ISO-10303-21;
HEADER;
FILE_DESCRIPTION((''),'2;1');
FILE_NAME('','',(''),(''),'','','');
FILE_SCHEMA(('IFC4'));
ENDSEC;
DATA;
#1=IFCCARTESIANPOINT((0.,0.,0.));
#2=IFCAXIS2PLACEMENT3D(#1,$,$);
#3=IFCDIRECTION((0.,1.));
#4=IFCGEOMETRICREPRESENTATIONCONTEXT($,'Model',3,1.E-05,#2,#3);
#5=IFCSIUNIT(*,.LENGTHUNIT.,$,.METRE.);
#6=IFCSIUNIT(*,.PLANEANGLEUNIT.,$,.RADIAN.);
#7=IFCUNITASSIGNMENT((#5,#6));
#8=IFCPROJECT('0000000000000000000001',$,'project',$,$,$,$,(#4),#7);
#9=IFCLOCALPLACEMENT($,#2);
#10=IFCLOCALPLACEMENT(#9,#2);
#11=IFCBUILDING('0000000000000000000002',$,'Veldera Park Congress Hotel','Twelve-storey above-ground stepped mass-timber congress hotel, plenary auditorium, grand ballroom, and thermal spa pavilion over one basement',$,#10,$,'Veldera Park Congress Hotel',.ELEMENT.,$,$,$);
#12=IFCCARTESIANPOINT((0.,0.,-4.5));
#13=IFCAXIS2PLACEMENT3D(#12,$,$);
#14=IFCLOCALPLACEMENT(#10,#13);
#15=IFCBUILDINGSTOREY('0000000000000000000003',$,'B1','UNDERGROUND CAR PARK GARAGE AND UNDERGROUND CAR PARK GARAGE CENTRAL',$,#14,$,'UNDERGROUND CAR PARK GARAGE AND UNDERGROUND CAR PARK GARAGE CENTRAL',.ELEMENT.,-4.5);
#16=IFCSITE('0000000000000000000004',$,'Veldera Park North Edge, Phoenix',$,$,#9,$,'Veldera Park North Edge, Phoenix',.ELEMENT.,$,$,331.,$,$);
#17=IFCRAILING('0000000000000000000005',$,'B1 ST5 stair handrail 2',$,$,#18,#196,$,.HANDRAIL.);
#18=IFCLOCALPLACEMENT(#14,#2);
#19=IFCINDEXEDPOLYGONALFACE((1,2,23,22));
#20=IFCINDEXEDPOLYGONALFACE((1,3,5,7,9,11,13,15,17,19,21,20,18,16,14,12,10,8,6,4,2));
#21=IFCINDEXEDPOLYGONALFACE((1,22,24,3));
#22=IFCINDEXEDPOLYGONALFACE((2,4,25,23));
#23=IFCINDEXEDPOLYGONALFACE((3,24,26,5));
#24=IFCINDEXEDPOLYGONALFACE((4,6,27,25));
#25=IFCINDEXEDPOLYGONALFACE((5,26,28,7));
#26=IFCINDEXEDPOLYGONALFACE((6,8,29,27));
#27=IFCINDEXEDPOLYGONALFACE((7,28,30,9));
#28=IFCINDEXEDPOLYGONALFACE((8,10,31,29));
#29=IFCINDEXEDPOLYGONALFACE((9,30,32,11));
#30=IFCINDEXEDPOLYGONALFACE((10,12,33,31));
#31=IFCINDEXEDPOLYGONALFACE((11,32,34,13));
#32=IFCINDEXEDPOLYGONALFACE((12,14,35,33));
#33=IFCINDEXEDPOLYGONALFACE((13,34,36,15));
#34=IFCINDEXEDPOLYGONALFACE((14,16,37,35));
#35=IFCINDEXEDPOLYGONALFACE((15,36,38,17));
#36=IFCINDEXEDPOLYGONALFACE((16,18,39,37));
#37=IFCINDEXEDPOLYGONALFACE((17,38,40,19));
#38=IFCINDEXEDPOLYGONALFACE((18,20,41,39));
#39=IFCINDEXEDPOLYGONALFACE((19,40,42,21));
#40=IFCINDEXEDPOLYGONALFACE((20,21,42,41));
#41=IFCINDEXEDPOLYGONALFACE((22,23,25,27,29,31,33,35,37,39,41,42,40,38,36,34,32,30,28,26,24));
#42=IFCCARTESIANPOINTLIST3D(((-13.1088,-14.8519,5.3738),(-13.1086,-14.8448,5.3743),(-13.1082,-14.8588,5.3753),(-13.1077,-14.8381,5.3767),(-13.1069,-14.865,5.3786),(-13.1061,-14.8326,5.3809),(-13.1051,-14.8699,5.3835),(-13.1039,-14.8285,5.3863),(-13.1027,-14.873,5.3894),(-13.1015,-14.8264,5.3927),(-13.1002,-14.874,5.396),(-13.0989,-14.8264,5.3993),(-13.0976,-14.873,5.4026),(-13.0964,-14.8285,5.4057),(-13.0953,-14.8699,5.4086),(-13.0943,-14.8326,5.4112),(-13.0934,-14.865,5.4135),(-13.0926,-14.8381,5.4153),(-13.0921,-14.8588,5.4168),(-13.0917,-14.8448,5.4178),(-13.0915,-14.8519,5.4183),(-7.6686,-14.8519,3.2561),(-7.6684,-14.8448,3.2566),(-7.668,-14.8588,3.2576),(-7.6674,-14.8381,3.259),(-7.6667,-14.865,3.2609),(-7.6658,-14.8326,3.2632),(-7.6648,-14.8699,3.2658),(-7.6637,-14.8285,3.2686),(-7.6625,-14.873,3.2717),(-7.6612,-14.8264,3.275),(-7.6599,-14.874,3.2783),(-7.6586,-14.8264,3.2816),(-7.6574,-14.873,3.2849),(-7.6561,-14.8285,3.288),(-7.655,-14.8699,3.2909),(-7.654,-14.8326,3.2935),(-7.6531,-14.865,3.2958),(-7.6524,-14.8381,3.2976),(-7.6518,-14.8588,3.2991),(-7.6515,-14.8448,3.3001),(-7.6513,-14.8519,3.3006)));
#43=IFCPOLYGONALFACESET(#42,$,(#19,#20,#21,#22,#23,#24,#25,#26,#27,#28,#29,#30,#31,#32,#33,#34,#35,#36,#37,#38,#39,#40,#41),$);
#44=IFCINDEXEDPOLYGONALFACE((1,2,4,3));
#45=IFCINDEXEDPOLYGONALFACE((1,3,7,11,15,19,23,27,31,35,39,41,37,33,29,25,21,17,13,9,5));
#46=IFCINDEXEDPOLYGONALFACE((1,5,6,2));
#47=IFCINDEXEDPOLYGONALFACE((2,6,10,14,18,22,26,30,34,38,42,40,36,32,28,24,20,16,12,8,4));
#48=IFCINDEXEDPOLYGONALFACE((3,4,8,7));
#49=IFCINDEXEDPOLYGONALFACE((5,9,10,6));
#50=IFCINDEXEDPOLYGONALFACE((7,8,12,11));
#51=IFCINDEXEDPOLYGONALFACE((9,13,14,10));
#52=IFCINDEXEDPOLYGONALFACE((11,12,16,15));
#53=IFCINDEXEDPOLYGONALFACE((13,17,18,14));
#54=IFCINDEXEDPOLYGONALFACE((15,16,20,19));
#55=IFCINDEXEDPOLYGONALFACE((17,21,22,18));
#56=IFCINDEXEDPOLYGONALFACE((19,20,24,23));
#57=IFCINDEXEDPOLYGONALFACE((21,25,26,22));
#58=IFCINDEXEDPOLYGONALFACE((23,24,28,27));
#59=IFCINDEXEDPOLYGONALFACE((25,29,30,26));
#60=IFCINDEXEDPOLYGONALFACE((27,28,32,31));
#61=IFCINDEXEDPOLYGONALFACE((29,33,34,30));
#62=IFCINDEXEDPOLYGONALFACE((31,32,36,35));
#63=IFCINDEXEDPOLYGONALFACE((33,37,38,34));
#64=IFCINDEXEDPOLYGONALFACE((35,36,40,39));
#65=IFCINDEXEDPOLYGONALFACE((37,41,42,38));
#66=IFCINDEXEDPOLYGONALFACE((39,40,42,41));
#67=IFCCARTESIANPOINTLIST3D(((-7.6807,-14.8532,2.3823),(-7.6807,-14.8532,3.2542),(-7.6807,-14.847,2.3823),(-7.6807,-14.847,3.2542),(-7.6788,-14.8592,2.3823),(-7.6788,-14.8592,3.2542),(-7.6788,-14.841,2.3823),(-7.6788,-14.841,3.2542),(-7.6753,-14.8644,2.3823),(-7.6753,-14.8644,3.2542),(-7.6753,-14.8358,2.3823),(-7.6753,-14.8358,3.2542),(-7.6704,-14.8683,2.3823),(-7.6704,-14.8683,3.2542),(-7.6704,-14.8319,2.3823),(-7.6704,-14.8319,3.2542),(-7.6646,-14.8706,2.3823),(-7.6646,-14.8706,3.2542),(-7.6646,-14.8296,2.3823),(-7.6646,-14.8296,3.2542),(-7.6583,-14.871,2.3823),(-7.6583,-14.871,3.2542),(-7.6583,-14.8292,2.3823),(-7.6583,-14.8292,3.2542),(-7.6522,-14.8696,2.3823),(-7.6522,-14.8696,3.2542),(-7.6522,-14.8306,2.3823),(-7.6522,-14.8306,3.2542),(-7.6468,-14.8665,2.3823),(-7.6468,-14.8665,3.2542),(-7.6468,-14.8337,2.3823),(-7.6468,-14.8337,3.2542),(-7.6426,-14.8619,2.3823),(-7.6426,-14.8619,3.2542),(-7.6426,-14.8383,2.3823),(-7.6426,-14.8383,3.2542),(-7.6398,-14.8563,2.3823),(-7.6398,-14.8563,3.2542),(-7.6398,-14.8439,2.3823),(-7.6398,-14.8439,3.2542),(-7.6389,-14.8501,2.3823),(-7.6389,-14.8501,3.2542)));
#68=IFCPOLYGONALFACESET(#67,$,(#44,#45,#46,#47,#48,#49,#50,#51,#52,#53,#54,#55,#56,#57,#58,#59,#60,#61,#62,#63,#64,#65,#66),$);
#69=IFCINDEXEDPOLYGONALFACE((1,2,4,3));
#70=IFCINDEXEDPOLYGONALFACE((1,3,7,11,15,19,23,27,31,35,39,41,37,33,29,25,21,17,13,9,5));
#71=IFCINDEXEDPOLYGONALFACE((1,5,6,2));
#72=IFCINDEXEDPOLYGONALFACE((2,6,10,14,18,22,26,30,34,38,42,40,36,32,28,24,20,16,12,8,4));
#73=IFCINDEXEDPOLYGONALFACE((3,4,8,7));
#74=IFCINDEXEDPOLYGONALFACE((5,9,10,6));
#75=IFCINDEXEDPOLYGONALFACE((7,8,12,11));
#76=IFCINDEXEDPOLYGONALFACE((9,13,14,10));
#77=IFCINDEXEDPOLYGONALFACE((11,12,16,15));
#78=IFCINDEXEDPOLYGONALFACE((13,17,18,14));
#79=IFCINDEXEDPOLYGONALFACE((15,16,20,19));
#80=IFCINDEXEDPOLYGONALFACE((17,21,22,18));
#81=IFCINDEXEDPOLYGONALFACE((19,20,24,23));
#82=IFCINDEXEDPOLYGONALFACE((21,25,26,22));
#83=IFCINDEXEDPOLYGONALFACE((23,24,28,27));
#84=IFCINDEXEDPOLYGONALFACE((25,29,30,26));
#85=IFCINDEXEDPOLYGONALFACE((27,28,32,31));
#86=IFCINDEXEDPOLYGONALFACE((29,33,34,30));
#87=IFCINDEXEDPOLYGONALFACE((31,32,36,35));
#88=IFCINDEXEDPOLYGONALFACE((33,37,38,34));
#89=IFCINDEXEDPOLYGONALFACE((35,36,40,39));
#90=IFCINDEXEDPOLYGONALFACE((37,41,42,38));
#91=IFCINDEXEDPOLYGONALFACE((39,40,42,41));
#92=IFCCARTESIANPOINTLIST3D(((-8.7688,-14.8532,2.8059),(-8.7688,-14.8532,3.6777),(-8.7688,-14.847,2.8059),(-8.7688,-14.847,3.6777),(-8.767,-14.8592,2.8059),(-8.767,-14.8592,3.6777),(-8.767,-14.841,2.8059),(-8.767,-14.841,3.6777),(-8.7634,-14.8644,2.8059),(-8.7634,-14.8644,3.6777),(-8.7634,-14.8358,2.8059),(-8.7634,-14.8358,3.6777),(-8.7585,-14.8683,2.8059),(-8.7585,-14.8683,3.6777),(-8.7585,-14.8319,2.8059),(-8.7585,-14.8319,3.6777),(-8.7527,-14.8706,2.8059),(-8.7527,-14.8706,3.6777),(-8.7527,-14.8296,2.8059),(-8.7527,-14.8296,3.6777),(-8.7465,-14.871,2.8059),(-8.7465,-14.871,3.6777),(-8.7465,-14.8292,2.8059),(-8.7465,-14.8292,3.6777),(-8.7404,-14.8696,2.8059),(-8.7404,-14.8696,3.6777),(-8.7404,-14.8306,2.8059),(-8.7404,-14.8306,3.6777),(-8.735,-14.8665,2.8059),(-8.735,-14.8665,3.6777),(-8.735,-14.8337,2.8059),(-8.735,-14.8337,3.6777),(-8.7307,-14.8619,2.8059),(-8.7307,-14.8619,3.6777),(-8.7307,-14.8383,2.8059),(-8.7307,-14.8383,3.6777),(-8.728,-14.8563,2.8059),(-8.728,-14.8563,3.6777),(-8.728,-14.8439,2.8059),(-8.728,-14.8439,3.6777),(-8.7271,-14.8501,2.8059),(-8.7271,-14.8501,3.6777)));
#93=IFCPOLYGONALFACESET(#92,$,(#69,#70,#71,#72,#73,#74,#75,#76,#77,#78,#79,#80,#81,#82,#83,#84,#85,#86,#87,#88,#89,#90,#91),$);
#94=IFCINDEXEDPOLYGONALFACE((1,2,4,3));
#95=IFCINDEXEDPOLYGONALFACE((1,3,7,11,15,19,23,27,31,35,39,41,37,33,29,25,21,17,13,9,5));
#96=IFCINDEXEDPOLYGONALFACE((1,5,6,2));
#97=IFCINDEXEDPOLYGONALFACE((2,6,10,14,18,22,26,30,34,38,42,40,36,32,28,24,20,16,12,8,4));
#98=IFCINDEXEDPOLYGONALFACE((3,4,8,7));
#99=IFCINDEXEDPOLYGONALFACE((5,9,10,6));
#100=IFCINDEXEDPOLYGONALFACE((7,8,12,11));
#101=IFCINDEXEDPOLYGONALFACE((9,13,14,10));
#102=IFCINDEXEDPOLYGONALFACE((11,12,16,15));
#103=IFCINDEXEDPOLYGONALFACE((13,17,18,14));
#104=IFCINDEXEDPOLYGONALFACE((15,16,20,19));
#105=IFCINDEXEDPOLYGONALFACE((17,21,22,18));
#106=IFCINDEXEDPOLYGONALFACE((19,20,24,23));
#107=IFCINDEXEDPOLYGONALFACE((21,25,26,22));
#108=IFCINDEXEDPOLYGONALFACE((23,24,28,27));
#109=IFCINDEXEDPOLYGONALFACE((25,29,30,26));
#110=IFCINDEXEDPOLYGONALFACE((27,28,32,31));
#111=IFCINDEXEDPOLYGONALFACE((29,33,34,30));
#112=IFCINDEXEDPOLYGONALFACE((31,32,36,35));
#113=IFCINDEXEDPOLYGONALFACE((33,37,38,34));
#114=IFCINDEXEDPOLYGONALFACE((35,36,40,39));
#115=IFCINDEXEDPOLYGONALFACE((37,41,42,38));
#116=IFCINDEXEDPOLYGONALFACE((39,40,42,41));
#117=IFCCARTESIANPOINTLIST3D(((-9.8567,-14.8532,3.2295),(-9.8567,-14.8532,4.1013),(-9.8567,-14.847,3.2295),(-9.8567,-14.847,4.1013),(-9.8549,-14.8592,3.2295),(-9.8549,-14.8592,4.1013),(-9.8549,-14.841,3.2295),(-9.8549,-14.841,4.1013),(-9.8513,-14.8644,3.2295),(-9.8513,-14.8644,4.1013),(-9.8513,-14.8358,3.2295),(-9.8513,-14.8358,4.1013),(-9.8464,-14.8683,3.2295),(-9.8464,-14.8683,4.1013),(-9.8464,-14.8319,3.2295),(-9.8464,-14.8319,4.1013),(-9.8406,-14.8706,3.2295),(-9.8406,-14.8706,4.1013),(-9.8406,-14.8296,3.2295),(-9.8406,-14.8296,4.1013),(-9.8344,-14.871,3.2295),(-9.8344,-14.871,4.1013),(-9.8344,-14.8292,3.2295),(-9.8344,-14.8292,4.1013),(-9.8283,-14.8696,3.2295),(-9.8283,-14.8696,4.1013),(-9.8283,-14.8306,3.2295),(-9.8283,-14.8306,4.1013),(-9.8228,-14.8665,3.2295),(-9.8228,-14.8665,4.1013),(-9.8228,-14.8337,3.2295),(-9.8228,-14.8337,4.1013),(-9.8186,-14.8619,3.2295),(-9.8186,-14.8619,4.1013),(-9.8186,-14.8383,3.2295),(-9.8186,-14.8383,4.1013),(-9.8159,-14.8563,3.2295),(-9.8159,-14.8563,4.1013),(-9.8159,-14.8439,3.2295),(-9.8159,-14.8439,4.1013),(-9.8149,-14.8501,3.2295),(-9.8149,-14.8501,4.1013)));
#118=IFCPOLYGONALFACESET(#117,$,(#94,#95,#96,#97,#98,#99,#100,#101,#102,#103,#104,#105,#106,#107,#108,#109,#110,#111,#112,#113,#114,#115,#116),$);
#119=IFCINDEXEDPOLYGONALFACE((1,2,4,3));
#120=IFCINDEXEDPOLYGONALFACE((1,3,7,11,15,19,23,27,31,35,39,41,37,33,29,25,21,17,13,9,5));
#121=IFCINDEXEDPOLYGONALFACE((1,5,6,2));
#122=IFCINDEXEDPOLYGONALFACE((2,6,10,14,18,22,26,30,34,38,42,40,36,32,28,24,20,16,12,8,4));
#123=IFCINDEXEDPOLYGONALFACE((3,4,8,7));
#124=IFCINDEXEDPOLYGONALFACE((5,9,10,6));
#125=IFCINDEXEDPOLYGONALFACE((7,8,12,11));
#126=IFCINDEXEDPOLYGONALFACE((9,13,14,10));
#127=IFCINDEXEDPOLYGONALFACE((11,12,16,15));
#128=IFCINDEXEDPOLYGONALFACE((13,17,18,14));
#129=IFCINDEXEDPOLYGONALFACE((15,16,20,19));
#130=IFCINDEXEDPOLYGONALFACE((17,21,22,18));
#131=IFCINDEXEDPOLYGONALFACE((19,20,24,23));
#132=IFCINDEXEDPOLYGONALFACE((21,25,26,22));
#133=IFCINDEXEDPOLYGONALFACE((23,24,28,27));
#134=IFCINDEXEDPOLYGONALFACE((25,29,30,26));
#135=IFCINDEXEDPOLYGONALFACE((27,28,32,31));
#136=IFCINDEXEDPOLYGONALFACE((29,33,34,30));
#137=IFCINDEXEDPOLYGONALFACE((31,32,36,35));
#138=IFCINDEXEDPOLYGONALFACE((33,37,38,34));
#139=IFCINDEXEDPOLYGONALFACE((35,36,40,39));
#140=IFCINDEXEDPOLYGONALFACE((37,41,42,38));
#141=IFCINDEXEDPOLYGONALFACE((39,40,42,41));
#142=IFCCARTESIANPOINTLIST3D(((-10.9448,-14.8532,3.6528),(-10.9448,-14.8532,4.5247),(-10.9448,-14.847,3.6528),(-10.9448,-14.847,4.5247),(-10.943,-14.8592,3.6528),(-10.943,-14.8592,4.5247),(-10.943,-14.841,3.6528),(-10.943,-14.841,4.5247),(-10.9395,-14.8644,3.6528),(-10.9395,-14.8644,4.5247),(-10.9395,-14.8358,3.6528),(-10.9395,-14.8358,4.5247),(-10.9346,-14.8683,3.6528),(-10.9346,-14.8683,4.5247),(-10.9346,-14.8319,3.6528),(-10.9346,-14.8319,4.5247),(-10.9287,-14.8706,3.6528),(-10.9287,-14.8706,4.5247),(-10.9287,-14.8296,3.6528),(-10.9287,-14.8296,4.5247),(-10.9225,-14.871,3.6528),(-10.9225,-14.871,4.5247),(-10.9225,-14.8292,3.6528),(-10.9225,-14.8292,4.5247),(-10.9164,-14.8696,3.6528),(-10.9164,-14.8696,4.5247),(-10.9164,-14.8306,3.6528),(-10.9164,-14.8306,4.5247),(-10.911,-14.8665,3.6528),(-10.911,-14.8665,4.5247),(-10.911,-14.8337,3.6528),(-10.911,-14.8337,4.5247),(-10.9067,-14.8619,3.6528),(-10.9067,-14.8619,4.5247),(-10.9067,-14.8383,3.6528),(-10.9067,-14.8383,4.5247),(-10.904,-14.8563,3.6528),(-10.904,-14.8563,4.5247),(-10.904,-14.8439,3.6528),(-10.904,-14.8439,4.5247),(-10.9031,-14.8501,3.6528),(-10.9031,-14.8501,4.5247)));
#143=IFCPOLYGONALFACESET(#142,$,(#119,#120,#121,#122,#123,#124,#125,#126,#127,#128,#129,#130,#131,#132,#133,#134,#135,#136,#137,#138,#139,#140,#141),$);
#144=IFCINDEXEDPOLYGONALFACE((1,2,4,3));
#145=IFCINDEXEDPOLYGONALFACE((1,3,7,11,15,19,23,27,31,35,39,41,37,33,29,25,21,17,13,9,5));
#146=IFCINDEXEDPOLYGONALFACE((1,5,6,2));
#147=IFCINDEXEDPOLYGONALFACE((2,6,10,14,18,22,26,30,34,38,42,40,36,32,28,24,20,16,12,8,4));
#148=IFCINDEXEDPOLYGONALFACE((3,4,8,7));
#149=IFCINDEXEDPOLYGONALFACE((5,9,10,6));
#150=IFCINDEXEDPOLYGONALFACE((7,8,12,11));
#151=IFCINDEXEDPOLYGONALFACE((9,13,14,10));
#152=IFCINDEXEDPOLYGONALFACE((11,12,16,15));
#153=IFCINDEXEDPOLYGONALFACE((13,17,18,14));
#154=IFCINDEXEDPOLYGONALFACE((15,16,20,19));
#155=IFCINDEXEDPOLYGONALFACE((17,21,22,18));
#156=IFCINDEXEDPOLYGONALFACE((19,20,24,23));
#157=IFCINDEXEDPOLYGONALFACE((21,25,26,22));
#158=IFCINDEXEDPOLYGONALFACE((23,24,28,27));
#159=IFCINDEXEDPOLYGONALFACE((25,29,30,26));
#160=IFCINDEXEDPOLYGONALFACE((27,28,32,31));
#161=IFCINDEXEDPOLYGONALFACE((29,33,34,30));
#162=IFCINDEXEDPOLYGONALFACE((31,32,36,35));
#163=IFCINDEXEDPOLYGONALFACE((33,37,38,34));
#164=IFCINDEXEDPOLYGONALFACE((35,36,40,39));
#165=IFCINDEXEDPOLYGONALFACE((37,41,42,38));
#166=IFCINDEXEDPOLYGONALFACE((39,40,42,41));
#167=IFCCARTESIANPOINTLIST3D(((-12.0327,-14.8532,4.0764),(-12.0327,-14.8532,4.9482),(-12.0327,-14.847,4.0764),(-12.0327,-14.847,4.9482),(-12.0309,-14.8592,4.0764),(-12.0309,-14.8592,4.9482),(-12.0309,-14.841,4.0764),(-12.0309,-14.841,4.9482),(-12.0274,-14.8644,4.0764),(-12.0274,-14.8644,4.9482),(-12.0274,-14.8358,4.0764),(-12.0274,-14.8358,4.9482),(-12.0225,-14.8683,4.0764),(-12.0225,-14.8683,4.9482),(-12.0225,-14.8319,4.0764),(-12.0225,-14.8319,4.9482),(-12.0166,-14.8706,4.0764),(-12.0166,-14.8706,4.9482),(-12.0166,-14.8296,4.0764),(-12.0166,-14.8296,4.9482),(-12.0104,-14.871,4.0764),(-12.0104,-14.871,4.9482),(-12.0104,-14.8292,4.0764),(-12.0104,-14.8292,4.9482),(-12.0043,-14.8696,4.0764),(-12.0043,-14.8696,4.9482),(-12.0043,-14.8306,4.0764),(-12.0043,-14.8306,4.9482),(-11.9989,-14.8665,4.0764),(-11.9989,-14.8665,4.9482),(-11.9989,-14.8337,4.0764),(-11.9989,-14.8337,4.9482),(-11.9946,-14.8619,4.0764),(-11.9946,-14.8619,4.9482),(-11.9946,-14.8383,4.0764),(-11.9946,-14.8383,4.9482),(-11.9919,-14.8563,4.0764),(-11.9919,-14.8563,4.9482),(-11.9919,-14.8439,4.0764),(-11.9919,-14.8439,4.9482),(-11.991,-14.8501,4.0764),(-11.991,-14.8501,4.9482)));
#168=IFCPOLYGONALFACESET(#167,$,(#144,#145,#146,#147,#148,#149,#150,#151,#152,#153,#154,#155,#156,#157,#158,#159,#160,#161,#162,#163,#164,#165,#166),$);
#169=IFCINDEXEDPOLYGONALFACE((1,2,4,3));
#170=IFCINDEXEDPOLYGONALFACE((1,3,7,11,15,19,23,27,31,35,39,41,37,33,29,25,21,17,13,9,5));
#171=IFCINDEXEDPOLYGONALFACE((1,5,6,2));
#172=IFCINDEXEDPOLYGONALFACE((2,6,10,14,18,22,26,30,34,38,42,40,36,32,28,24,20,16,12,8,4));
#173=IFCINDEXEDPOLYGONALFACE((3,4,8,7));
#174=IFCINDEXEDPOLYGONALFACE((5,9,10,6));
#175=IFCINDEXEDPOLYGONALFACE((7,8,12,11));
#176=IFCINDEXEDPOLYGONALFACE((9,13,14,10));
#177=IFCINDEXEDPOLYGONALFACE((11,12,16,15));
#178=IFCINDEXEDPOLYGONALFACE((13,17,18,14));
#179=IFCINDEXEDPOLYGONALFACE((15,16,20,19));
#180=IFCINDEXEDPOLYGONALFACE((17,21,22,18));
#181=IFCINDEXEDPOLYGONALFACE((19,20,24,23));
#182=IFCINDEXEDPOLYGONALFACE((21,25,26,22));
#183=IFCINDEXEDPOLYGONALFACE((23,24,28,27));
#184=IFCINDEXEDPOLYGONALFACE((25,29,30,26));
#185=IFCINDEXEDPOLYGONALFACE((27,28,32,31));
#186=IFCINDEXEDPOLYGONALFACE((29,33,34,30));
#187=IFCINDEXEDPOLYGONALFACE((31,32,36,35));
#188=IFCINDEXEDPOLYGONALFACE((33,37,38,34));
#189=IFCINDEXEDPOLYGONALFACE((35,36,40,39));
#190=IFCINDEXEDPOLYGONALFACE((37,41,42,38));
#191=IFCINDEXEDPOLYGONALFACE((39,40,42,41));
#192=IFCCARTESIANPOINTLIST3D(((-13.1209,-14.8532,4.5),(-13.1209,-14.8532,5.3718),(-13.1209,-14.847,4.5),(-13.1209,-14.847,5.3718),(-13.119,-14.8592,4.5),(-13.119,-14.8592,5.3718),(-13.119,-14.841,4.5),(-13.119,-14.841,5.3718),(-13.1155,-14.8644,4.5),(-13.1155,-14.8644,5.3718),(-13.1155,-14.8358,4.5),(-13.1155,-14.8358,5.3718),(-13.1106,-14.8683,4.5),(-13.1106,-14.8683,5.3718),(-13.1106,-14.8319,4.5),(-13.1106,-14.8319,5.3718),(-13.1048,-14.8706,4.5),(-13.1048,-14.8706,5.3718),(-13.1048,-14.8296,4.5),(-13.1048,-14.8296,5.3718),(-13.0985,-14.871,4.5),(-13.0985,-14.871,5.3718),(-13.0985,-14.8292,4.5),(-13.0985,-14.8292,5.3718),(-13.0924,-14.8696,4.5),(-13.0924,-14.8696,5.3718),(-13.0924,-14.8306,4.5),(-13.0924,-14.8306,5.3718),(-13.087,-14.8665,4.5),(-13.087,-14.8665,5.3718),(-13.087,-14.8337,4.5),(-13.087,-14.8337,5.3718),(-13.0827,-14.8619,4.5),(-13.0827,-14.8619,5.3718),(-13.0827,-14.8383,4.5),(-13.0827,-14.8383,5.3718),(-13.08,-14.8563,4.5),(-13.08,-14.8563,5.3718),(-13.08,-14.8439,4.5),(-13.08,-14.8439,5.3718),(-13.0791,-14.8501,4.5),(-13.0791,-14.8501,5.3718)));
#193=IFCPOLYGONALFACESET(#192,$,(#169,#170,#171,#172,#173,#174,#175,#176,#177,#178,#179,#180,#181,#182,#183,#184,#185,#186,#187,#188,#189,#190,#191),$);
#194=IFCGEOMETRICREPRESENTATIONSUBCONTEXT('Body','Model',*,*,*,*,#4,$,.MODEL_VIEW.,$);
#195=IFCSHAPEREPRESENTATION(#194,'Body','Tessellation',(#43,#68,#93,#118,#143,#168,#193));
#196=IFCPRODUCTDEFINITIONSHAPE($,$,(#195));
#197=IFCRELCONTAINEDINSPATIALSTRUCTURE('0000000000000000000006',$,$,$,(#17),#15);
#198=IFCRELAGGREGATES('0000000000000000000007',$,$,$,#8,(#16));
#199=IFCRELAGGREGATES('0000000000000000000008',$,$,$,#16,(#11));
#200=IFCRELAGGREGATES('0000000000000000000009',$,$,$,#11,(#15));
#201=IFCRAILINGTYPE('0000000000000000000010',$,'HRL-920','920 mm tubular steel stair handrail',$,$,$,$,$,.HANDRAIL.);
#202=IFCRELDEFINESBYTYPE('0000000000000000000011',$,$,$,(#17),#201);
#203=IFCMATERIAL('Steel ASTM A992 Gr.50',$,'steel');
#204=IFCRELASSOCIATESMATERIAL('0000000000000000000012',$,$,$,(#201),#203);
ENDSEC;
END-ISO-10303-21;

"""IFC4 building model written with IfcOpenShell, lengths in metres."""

from ifc_helpers import new_model, si_unit, direction, frame, origin, origin_2d, place, context, subcontext, project, spatial, circle, extrude, material, type_object, element, save


model = new_model("IFC4")

# Units and contexts
model_context = context("Model", 3, precision=1e-05, world=origin(), true_north=direction((0.0, 1.0)))
body_context = subcontext(model_context, "Body", "Model", "MODEL_VIEW")
ifc_project = project(units=[si_unit("LENGTHUNIT", "METRE"), si_unit("PLANEANGLEUNIT", "RADIAN")], contexts=[model_context])

# Site, building, storey
site_placement = place(None, origin())
site = spatial("IfcSite", under=ifc_project, at=site_placement, Name="Veldera Park North Edge, Phoenix", LongName="Veldera Park North Edge, Phoenix", CompositionType="ELEMENT", RefElevation=331.0)
building_placement = place(site_placement, origin())
building = spatial("IfcBuilding", under=site, at=building_placement, Name="Veldera Park Congress Hotel", Description="Twelve-storey above-ground stepped mass-timber congress hotel, plenary auditorium, grand ballroom, and thermal spa pavilion over one basement", LongName="Veldera Park Congress Hotel", CompositionType="ELEMENT")
storey_placement = place(building_placement, frame((0.0, 0.0, -4.5)))
storey = spatial("IfcBuildingStorey", under=building, at=storey_placement, Name="B1", Description="UNDERGROUND CAR PARK GARAGE AND UNDERGROUND CAR PARK GARAGE CENTRAL", LongName="UNDERGROUND CAR PARK GARAGE AND UNDERGROUND CAR PARK GARAGE CENTRAL", CompositionType="ELEMENT", Elevation=-4.5)

# Railing
ifc_material_1 = material(Name="Steel ASTM A992 Gr.50", Category="steel")
railing_type_1 = type_object("IfcRailingType", Name="HRL-920", Description="920 mm tubular steel stair handrail", PredefinedType="HANDRAIL", material=ifc_material_1)
railing_1_placement = place(storey_placement, frame((-7.6599, -14.8501, 2.3823)))
element("IfcRailing", 1, at=railing_1_placement, inside=storey, type_object=railing_type_1, Name="B1 ST5 stair handrail 2", PredefinedType="HANDRAIL", context=body_context, shape_type="SweptSolid", body=[
    extrude(circle(Radius=0.0239, at=origin_2d()), frame((0.0, 0.0, 0.896), z_axis=(-0.931886, 0.0, 0.362751), x_axis=(0.0, -1.0, 0.0)), (0.0, 0.0, 1.0), 5.8379),
    extrude(circle(Radius=0.021, at=origin_2d()), origin(), (0.0, 0.0, 1.0), 0.8718),
    extrude(circle(Radius=0.021, at=origin_2d()), frame((-1.0881, 0.0, 0.4236)), (0.0, 0.0, 1.0), 0.8718),
    extrude(circle(Radius=0.021, at=origin_2d()), frame((-2.176, 0.0, 0.8472)), (0.0, 0.0, 1.0), 0.8718),
    extrude(circle(Radius=0.021, at=origin_2d()), frame((-3.2642, 0.0, 1.2705)), (0.0, 0.0, 1.0), 0.8718),
    extrude(circle(Radius=0.021, at=origin_2d()), frame((-4.3521, 0.0, 1.6941)), (0.0, 0.0, 1.0), 0.8718),
    extrude(circle(Radius=0.021, at=origin_2d()), frame((-5.4402, 0.0, 2.1177)), (0.0, 0.0, 1.0), 0.8718),
])

save(model, "model.ifc")
